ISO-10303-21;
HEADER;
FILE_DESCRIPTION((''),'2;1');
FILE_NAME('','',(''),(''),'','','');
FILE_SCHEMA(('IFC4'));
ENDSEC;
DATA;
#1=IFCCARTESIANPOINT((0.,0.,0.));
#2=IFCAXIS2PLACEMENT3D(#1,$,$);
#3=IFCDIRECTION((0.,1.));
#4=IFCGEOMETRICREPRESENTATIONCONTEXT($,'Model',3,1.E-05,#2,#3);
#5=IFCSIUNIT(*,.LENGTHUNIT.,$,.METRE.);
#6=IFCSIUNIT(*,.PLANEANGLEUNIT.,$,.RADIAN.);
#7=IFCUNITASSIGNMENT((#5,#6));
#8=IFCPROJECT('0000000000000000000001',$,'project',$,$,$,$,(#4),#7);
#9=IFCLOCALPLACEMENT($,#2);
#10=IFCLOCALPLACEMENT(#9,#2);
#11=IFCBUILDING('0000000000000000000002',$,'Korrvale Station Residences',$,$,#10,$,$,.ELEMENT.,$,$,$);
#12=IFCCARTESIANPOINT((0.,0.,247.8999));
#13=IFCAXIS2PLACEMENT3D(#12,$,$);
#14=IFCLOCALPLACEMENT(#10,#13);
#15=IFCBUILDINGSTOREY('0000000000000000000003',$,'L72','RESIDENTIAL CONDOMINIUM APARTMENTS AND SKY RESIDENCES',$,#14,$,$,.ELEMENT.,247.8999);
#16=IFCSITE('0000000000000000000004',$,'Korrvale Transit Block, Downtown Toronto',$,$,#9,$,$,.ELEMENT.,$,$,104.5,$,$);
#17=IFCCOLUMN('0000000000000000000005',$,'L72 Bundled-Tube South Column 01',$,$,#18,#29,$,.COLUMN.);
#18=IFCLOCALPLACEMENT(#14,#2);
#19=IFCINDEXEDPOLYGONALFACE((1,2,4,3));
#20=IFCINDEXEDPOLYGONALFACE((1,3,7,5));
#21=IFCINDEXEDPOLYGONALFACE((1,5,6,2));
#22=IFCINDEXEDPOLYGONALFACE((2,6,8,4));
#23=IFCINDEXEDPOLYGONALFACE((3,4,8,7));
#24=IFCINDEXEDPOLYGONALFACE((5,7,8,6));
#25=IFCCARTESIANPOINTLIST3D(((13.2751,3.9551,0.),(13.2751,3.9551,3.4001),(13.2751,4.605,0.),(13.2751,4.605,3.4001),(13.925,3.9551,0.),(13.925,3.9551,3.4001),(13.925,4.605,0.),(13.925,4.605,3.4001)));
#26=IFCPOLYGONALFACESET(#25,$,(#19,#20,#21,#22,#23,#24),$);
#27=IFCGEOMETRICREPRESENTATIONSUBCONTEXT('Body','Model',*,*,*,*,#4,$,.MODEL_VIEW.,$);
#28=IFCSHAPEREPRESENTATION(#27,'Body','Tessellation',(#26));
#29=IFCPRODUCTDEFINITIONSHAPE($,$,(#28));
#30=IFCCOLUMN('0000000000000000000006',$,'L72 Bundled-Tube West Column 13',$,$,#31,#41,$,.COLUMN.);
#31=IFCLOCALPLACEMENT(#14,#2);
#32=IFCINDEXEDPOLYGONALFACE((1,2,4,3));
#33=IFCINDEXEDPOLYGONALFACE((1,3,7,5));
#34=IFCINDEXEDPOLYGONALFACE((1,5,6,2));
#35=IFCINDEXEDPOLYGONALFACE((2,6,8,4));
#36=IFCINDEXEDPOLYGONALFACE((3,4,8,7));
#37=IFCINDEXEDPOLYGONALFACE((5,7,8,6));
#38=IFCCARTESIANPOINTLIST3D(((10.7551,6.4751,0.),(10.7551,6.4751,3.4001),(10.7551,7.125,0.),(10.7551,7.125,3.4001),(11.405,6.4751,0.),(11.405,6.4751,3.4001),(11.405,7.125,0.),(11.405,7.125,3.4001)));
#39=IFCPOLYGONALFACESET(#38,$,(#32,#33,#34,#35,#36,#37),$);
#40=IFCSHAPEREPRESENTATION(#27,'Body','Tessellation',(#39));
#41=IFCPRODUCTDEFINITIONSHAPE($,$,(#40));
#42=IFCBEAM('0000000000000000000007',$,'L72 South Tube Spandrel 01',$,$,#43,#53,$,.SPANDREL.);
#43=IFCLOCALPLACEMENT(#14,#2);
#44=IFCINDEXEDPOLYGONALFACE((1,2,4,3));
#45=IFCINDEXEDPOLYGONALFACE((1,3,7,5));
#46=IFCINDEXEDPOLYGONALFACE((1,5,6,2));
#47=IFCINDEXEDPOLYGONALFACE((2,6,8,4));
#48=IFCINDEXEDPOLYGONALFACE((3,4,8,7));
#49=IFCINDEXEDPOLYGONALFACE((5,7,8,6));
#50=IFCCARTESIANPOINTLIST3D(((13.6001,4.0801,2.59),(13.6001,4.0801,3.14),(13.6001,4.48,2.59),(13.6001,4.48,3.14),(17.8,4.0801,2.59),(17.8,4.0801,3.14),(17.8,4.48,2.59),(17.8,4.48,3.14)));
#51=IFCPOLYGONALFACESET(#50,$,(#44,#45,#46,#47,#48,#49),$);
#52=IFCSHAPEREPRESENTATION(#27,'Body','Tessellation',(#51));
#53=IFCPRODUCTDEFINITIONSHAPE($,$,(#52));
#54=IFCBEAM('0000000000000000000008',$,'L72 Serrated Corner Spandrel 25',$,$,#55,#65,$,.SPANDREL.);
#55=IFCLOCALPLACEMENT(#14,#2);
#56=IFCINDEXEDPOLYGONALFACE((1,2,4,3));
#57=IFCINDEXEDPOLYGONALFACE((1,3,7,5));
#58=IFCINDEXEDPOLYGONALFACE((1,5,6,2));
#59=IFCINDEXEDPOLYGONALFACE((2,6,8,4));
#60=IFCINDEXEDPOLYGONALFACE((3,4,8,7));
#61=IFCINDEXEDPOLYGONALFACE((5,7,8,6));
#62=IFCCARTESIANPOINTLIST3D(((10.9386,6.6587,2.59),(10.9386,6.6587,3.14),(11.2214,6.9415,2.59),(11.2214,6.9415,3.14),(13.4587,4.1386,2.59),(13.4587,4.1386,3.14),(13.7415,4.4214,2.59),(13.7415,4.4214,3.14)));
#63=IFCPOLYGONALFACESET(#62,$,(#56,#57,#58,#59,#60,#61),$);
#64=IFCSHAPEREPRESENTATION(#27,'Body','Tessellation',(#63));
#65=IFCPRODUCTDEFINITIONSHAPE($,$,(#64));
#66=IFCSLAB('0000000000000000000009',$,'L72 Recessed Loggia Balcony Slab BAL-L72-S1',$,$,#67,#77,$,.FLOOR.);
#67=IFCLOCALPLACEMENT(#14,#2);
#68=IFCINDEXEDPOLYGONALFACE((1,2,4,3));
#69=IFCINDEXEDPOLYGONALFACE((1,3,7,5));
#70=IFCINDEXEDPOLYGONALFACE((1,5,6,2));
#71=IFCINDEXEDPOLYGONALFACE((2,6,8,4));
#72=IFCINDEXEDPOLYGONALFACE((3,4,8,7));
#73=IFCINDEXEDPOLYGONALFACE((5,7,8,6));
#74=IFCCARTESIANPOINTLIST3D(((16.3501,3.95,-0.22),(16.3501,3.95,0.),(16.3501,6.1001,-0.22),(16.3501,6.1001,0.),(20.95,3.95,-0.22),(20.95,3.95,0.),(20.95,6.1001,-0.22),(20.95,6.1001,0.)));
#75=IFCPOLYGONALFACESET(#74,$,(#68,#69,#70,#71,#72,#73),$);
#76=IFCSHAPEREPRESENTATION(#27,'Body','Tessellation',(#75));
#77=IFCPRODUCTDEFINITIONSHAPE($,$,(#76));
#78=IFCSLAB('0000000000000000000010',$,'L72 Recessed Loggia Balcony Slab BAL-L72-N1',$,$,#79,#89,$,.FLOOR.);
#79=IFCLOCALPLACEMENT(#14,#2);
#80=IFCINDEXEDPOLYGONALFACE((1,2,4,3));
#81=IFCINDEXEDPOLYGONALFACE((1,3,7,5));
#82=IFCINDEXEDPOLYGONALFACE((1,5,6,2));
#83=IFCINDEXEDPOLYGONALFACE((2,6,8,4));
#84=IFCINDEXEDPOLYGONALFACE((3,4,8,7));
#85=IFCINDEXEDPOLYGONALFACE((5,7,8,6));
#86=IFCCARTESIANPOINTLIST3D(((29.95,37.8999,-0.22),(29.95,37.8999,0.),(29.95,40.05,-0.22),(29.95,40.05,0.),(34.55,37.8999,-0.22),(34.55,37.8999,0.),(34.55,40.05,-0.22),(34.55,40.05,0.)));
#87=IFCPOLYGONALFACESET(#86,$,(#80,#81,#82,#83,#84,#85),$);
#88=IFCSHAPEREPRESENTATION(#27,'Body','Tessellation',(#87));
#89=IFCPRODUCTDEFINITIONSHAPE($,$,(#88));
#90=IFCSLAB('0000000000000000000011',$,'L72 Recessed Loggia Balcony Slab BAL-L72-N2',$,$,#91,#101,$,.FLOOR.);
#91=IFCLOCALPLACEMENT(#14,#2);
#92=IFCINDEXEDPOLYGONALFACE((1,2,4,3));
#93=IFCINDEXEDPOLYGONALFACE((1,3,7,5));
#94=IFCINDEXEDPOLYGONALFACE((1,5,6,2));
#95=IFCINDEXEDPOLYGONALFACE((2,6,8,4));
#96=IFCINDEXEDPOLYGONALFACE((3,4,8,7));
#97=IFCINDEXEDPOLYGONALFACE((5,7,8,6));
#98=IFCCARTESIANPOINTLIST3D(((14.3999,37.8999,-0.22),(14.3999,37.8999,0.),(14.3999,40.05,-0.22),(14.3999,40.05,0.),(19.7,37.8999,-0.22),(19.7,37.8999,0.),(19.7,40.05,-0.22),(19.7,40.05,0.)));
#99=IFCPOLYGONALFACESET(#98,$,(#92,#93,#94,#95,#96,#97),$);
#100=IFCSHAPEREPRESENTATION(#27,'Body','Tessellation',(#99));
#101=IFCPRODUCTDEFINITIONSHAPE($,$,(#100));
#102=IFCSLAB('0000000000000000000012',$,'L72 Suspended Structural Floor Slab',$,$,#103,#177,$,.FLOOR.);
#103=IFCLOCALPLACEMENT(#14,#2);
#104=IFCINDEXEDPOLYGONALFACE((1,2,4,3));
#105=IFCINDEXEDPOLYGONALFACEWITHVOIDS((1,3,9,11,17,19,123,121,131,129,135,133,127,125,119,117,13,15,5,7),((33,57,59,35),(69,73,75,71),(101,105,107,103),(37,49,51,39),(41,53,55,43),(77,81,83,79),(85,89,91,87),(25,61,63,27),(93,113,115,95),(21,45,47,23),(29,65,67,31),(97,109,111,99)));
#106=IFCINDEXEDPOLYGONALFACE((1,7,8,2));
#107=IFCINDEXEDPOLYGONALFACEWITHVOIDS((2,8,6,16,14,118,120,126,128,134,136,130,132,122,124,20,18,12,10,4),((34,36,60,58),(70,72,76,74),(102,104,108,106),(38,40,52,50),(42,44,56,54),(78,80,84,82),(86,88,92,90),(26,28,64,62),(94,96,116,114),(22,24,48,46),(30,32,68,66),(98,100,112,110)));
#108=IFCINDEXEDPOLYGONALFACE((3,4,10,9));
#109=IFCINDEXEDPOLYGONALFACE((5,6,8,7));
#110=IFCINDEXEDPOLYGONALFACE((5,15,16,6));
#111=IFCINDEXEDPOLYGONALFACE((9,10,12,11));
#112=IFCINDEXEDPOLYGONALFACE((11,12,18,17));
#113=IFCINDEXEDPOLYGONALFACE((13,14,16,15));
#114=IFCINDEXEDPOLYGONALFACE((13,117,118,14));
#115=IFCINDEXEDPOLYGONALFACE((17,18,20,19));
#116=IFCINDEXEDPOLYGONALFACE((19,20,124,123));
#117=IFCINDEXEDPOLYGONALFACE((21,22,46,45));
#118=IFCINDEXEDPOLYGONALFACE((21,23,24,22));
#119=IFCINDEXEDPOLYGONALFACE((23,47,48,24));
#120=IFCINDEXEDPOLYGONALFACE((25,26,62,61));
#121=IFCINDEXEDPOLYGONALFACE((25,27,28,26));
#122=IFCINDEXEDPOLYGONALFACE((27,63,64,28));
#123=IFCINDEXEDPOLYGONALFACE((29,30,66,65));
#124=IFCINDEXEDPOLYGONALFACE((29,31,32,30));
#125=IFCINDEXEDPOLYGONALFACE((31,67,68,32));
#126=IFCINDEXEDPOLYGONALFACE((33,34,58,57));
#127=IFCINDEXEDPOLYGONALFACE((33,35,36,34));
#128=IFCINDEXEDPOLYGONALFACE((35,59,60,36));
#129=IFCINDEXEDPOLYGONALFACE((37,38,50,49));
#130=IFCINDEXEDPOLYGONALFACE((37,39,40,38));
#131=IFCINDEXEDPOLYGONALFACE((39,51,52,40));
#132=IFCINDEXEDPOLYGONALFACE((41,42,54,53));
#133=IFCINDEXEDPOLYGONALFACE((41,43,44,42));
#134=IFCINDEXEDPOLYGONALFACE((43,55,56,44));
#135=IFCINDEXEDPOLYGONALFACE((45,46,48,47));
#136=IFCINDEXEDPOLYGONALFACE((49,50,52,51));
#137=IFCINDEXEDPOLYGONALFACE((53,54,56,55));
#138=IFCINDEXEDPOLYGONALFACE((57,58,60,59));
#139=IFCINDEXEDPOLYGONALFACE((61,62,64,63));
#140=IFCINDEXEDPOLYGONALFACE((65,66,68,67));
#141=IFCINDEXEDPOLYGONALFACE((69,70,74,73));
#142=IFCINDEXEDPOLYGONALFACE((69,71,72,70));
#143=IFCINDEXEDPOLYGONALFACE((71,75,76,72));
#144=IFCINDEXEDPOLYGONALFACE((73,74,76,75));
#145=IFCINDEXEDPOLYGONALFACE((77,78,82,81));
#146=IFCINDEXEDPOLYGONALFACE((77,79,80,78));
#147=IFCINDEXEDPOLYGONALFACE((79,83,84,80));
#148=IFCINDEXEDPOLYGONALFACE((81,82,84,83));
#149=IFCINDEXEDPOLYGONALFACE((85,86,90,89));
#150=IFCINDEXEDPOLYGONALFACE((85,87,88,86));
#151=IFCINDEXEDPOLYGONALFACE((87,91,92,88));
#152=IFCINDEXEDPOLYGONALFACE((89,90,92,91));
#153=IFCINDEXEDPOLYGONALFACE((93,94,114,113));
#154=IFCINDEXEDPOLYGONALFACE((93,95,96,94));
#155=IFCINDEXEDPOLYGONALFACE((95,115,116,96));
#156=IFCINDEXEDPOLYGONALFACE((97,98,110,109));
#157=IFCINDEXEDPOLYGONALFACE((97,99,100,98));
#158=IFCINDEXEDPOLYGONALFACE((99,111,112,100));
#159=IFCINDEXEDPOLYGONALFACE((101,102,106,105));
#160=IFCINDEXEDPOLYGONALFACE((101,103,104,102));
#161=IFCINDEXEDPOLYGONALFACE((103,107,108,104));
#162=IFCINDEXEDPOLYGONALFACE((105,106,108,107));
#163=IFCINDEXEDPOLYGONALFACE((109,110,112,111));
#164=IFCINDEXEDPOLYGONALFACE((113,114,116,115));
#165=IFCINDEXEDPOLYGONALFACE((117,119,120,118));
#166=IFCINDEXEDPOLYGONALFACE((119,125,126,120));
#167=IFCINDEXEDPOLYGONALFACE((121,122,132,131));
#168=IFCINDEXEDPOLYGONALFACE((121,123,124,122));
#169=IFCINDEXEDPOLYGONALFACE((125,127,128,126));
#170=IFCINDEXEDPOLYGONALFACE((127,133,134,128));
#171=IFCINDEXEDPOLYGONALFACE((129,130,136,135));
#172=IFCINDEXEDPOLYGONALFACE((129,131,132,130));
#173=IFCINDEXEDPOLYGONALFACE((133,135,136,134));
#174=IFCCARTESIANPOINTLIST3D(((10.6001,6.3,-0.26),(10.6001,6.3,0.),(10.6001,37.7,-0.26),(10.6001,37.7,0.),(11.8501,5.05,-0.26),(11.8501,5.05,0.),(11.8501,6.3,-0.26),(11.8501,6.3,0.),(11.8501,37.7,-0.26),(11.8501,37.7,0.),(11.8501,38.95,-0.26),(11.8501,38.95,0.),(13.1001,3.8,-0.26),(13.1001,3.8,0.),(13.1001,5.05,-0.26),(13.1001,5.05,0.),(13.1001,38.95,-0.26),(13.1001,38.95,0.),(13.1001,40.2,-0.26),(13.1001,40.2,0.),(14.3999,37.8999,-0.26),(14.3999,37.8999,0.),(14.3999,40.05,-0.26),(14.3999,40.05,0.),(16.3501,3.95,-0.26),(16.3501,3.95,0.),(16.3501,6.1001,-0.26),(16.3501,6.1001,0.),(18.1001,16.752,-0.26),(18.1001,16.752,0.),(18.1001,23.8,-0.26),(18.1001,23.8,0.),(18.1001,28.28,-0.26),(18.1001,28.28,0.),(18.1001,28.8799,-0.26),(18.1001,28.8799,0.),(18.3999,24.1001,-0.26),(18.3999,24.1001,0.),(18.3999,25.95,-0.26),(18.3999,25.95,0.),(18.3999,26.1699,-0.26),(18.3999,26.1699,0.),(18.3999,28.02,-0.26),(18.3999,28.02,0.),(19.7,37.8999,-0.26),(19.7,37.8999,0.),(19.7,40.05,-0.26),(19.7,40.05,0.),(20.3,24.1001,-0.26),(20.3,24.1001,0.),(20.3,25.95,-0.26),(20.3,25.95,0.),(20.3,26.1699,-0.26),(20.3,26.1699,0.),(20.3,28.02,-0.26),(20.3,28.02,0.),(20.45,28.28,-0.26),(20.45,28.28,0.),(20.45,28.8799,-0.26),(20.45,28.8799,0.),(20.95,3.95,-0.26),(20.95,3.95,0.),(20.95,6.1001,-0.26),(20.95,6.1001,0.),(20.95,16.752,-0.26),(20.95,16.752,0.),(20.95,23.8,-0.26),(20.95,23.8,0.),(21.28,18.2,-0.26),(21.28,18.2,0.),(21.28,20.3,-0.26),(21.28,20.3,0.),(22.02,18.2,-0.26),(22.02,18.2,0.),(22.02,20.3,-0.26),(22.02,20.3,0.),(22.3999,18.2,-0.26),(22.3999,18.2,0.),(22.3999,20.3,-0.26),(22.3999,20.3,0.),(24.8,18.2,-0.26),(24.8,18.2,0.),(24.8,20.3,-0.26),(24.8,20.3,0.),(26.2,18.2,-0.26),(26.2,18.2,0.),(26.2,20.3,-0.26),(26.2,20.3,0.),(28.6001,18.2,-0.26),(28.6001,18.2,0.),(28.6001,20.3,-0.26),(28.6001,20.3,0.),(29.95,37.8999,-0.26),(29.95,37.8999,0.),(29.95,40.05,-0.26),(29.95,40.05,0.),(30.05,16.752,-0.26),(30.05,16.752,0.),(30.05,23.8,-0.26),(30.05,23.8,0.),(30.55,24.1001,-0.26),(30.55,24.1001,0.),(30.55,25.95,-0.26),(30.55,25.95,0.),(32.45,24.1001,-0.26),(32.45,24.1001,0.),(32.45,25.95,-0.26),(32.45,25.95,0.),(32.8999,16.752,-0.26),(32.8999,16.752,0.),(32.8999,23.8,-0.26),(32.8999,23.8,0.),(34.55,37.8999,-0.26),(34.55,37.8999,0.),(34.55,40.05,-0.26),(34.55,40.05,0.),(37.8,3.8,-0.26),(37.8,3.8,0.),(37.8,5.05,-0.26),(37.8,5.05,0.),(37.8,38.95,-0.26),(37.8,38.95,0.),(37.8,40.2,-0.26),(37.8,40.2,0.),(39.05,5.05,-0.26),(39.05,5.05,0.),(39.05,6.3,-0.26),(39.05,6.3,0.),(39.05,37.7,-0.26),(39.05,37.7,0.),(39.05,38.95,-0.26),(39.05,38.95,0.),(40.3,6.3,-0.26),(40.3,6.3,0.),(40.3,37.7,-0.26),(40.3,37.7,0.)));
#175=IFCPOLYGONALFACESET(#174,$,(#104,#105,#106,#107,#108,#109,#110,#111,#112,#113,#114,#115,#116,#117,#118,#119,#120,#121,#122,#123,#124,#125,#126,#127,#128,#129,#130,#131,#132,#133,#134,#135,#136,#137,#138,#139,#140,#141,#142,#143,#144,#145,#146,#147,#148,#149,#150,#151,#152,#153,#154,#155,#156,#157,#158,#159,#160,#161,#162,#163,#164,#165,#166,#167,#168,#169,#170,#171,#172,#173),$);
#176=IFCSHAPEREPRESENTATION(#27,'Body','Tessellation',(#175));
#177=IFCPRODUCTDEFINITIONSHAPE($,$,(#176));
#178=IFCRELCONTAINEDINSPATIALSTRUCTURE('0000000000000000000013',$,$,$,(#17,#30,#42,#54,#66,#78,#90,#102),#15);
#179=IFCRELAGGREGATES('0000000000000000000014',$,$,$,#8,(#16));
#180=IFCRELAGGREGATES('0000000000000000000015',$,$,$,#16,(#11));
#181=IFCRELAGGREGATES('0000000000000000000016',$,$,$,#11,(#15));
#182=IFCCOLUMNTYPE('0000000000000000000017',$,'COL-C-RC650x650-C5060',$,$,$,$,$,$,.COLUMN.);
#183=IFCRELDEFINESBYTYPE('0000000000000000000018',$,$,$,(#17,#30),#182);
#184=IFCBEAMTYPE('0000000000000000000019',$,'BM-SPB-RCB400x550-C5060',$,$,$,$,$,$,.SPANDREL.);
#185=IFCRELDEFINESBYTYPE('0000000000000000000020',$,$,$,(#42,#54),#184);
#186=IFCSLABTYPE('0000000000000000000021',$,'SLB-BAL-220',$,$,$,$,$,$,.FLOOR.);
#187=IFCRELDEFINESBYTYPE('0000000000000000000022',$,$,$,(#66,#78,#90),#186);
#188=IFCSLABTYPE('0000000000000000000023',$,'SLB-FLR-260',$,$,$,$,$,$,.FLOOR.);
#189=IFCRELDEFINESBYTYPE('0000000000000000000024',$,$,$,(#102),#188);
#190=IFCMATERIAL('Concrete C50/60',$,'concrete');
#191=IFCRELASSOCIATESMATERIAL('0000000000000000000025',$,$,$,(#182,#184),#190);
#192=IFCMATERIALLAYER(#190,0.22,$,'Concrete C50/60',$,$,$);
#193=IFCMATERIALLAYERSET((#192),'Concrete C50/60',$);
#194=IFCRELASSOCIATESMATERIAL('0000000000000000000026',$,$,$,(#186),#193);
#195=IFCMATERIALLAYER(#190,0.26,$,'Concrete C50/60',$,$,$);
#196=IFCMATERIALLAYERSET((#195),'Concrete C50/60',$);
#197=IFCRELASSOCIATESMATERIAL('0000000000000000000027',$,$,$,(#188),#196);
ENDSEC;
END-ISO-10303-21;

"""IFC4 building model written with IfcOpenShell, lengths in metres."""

from ifc_helpers import new_model, si_unit, direction, frame, origin, origin_2d, place, context, subcontext, project, spatial, polyline, rectangle, outline, extrude, material, layer, layer_set, material_profile, profile_set, type_object, element, save


model = new_model("IFC4")

# Units and contexts
model_context = context("Model", 3, precision=1e-05, world=origin(), true_north=direction((0.0, 1.0)))
body_context = subcontext(model_context, "Body", "Model", "MODEL_VIEW")
ifc_project = project(units=[si_unit("LENGTHUNIT", "METRE"), si_unit("PLANEANGLEUNIT", "RADIAN")], contexts=[model_context])

# Site, building, storey
site_placement = place(None, origin())
site = spatial("IfcSite", under=ifc_project, at=site_placement, Name="Korrvale Transit Block, Downtown Toronto", CompositionType="ELEMENT", RefElevation=104.5)
building_placement = place(site_placement, origin())
building = spatial("IfcBuilding", under=site, at=building_placement, Name="Korrvale Station Residences", CompositionType="ELEMENT")
storey_placement = place(building_placement, frame((0.0, 0.0, 247.8999)))
storey = spatial("IfcBuildingStorey", under=building, at=storey_placement, Name="L72", Description="RESIDENTIAL CONDOMINIUM APARTMENTS AND SKY RESIDENCES", CompositionType="ELEMENT", Elevation=247.8999)

# Columns
ifc_material_1 = material(Name="Concrete C50/60", Category="concrete")
ifc_material_profile_1 = material_profile(ifc_material_1, rectangle(XDim=0.6499, YDim=0.6499, at=origin_2d()), Name="RC650x650")
ifc_profile_set_1 = profile_set([ifc_material_profile_1], Name="Concrete C50/60")
column_type = type_object("IfcColumnType", Name="COL-C-RC650x650-C5060", PredefinedType="COLUMN", material=ifc_profile_set_1)
for number, where, z_axis, x_axis, name in (
    (1, (13.6001, 4.28, 0.0), (0.0, 0.0, 1.0), (1.0, 0.0, 0.0), "L72 Bundled-Tube South Column 01"),
    (2, (11.0801, 6.8, 0.0), (0.0, 0.0, 1.0), (1.0, 0.0, 0.0), "L72 Bundled-Tube West Column 13"),
):
    element("IfcColumn", number, at=place(storey_placement, frame(where, z_axis=z_axis, x_axis=x_axis)), inside=storey, type_object=column_type, Name=name, PredefinedType="COLUMN", context=body_context, shape_type="SweptSolid", body=[
        extrude(rectangle(XDim=0.6499, YDim=0.6499, at=origin_2d()), origin(), (0.0, 0.0, 1.0), 3.4001),
    ])

# Beams
ifc_material_profile_2 = material_profile(ifc_material_1, rectangle(XDim=0.3999, YDim=0.55, at=origin_2d()), Name="RCB400x550")
ifc_profile_set_2 = profile_set([ifc_material_profile_2], Name="Concrete C50/60")
beam_type = type_object("IfcBeamType", Name="BM-SPB-RCB400x550-C5060", PredefinedType="SPANDREL", material=ifc_profile_set_2)
beam_1_placement = place(storey_placement, frame((13.6001, 4.28, 2.865), z_axis=(1.0, 0.0, 0.0), x_axis=(0.0, 1.0, 0.0)))
element("IfcBeam", 3, at=beam_1_placement, inside=storey, type_object=beam_type, Name="L72 South Tube Spandrel 01", PredefinedType="SPANDREL", context=body_context, shape_type="SweptSolid", body=[
    extrude(rectangle(XDim=0.3999, YDim=0.55, at=origin_2d()), origin(), (0.0, 0.0, 1.0), 4.2),
])
beam_2_placement = place(storey_placement, frame((13.6001, 4.28, 2.865), z_axis=(-0.707107, 0.707107, 0.0), x_axis=(-0.707107, -0.707107, 0.0)))
element("IfcBeam", 4, at=beam_2_placement, inside=storey, type_object=beam_type, Name="L72 Serrated Corner Spandrel 25", PredefinedType="SPANDREL", context=body_context, shape_type="SweptSolid", body=[
    extrude(rectangle(XDim=0.3999, YDim=0.55, at=origin_2d()), origin(), (0.0, 0.0, 1.0), 3.564),
])

# Slabs
ifc_layer_1 = layer(ifc_material_1, 0.22, Name="Concrete C50/60")
ifc_layer_set_1 = layer_set([ifc_layer_1], Name="Concrete C50/60")
slab_type_1 = type_object("IfcSlabType", Name="SLB-BAL-220", PredefinedType="FLOOR", material=ifc_layer_set_1)
slab_1_placement = place(storey_placement, frame((0.0, 0.0, -0.22)))
element("IfcSlab", 5, at=slab_1_placement, inside=storey, type_object=slab_type_1, Name="L72 Recessed Loggia Balcony Slab BAL-L72-S1", PredefinedType="FLOOR", context=body_context, shape_type="SweptSolid", body=[
    extrude(outline(polyline([(16.3501, 3.95), (20.95, 3.95), (20.95, 6.1001), (16.3501, 6.1001), (16.3501, 3.95)])), origin(), (0.0, 0.0, 1.0), 0.22),
])
slab_2_placement = place(storey_placement, frame((0.0, 0.0, -0.22)))
element("IfcSlab", 6, at=slab_2_placement, inside=storey, type_object=slab_type_1, Name="L72 Recessed Loggia Balcony Slab BAL-L72-N1", PredefinedType="FLOOR", context=body_context, shape_type="SweptSolid", body=[
    extrude(outline(polyline([(29.95, 37.8999), (34.55, 37.8999), (34.55, 40.05), (29.95, 40.05), (29.95, 37.8999)])), origin(), (0.0, 0.0, 1.0), 0.22),
])
slab_3_placement = place(storey_placement, frame((0.0, 0.0, -0.22)))
element("IfcSlab", 7, at=slab_3_placement, inside=storey, type_object=slab_type_1, Name="L72 Recessed Loggia Balcony Slab BAL-L72-N2", PredefinedType="FLOOR", context=body_context, shape_type="SweptSolid", body=[
    extrude(outline(polyline([(14.3999, 37.8999), (19.7, 37.8999), (19.7, 40.05), (14.3999, 40.05), (14.3999, 37.8999)])), origin(), (0.0, 0.0, 1.0), 0.22),
])
ifc_layer_2 = layer(ifc_material_1, 0.26, Name="Concrete C50/60")
ifc_layer_set_2 = layer_set([ifc_layer_2], Name="Concrete C50/60")
slab_type_2 = type_object("IfcSlabType", Name="SLB-FLR-260", PredefinedType="FLOOR", material=ifc_layer_set_2)
slab_4_placement = place(storey_placement, frame((0.0, 0.0, -0.26)))
element("IfcSlab", 8, at=slab_4_placement, inside=storey, type_object=slab_type_2, Name="L72 Suspended Structural Floor Slab", PredefinedType="FLOOR", context=body_context, shape_type="SweptSolid", body=[
    extrude(outline(polyline([(13.1001, 3.8), (37.8, 3.8), (37.8, 5.05), (39.05, 5.05), (39.05, 6.3), (40.3, 6.3), (40.3, 37.7), (39.05, 37.7), (39.05, 38.95), (37.8, 38.95), (37.8, 40.2), (13.1001, 40.2), (13.1001, 38.95), (11.8501, 38.95), (11.8501, 37.7), (10.6001, 37.7), (10.6001, 6.3), (11.8501, 6.3), (11.8501, 5.05), (13.1001, 5.05), (13.1001, 3.8)]), holes=[polyline([(20.95, 16.752), (20.95, 23.8), (18.1001, 23.8), (18.1001, 16.752), (20.95, 16.752)]), polyline([(32.8999, 16.752), (32.8999, 23.8), (30.05, 23.8), (30.05, 16.752), (32.8999, 16.752)]), polyline([(18.3999, 24.1001), (20.3, 24.1001), (20.3, 25.95), (18.3999, 25.95), (18.3999, 24.1001)]), polyline([(18.3999, 26.1699), (20.3, 26.1699), (20.3, 28.02), (18.3999, 28.02), (18.3999, 26.1699)]), polyline([(30.55, 24.1001), (32.45, 24.1001), (32.45, 25.95), (30.55, 25.95), (30.55, 24.1001)]), polyline([(22.3999, 18.2), (24.8, 18.2), (24.8, 20.3), (22.3999, 20.3), (22.3999, 18.2)]), polyline([(26.2, 18.2), (28.6001, 18.2), (28.6001, 20.3), (26.2, 20.3), (26.2, 18.2)]), polyline([(18.1001, 28.28), (20.45, 28.28), (20.45, 28.8799), (18.1001, 28.8799), (18.1001, 28.28)]), polyline([(21.28, 18.2), (22.02, 18.2), (22.02, 20.3), (21.28, 20.3), (21.28, 18.2)]), polyline([(16.3501, 3.95), (20.95, 3.95), (20.95, 6.1001), (16.3501, 6.1001), (16.3501, 3.95)]), polyline([(29.95, 37.8999), (34.55, 37.8999), (34.55, 40.05), (29.95, 40.05), (29.95, 37.8999)]), polyline([(14.3999, 37.8999), (19.7, 37.8999), (19.7, 40.05), (14.3999, 40.05), (14.3999, 37.8999)])]), origin(), (0.0, 0.0, 1.0), 0.26),
])

save(model, "model.ifc")
